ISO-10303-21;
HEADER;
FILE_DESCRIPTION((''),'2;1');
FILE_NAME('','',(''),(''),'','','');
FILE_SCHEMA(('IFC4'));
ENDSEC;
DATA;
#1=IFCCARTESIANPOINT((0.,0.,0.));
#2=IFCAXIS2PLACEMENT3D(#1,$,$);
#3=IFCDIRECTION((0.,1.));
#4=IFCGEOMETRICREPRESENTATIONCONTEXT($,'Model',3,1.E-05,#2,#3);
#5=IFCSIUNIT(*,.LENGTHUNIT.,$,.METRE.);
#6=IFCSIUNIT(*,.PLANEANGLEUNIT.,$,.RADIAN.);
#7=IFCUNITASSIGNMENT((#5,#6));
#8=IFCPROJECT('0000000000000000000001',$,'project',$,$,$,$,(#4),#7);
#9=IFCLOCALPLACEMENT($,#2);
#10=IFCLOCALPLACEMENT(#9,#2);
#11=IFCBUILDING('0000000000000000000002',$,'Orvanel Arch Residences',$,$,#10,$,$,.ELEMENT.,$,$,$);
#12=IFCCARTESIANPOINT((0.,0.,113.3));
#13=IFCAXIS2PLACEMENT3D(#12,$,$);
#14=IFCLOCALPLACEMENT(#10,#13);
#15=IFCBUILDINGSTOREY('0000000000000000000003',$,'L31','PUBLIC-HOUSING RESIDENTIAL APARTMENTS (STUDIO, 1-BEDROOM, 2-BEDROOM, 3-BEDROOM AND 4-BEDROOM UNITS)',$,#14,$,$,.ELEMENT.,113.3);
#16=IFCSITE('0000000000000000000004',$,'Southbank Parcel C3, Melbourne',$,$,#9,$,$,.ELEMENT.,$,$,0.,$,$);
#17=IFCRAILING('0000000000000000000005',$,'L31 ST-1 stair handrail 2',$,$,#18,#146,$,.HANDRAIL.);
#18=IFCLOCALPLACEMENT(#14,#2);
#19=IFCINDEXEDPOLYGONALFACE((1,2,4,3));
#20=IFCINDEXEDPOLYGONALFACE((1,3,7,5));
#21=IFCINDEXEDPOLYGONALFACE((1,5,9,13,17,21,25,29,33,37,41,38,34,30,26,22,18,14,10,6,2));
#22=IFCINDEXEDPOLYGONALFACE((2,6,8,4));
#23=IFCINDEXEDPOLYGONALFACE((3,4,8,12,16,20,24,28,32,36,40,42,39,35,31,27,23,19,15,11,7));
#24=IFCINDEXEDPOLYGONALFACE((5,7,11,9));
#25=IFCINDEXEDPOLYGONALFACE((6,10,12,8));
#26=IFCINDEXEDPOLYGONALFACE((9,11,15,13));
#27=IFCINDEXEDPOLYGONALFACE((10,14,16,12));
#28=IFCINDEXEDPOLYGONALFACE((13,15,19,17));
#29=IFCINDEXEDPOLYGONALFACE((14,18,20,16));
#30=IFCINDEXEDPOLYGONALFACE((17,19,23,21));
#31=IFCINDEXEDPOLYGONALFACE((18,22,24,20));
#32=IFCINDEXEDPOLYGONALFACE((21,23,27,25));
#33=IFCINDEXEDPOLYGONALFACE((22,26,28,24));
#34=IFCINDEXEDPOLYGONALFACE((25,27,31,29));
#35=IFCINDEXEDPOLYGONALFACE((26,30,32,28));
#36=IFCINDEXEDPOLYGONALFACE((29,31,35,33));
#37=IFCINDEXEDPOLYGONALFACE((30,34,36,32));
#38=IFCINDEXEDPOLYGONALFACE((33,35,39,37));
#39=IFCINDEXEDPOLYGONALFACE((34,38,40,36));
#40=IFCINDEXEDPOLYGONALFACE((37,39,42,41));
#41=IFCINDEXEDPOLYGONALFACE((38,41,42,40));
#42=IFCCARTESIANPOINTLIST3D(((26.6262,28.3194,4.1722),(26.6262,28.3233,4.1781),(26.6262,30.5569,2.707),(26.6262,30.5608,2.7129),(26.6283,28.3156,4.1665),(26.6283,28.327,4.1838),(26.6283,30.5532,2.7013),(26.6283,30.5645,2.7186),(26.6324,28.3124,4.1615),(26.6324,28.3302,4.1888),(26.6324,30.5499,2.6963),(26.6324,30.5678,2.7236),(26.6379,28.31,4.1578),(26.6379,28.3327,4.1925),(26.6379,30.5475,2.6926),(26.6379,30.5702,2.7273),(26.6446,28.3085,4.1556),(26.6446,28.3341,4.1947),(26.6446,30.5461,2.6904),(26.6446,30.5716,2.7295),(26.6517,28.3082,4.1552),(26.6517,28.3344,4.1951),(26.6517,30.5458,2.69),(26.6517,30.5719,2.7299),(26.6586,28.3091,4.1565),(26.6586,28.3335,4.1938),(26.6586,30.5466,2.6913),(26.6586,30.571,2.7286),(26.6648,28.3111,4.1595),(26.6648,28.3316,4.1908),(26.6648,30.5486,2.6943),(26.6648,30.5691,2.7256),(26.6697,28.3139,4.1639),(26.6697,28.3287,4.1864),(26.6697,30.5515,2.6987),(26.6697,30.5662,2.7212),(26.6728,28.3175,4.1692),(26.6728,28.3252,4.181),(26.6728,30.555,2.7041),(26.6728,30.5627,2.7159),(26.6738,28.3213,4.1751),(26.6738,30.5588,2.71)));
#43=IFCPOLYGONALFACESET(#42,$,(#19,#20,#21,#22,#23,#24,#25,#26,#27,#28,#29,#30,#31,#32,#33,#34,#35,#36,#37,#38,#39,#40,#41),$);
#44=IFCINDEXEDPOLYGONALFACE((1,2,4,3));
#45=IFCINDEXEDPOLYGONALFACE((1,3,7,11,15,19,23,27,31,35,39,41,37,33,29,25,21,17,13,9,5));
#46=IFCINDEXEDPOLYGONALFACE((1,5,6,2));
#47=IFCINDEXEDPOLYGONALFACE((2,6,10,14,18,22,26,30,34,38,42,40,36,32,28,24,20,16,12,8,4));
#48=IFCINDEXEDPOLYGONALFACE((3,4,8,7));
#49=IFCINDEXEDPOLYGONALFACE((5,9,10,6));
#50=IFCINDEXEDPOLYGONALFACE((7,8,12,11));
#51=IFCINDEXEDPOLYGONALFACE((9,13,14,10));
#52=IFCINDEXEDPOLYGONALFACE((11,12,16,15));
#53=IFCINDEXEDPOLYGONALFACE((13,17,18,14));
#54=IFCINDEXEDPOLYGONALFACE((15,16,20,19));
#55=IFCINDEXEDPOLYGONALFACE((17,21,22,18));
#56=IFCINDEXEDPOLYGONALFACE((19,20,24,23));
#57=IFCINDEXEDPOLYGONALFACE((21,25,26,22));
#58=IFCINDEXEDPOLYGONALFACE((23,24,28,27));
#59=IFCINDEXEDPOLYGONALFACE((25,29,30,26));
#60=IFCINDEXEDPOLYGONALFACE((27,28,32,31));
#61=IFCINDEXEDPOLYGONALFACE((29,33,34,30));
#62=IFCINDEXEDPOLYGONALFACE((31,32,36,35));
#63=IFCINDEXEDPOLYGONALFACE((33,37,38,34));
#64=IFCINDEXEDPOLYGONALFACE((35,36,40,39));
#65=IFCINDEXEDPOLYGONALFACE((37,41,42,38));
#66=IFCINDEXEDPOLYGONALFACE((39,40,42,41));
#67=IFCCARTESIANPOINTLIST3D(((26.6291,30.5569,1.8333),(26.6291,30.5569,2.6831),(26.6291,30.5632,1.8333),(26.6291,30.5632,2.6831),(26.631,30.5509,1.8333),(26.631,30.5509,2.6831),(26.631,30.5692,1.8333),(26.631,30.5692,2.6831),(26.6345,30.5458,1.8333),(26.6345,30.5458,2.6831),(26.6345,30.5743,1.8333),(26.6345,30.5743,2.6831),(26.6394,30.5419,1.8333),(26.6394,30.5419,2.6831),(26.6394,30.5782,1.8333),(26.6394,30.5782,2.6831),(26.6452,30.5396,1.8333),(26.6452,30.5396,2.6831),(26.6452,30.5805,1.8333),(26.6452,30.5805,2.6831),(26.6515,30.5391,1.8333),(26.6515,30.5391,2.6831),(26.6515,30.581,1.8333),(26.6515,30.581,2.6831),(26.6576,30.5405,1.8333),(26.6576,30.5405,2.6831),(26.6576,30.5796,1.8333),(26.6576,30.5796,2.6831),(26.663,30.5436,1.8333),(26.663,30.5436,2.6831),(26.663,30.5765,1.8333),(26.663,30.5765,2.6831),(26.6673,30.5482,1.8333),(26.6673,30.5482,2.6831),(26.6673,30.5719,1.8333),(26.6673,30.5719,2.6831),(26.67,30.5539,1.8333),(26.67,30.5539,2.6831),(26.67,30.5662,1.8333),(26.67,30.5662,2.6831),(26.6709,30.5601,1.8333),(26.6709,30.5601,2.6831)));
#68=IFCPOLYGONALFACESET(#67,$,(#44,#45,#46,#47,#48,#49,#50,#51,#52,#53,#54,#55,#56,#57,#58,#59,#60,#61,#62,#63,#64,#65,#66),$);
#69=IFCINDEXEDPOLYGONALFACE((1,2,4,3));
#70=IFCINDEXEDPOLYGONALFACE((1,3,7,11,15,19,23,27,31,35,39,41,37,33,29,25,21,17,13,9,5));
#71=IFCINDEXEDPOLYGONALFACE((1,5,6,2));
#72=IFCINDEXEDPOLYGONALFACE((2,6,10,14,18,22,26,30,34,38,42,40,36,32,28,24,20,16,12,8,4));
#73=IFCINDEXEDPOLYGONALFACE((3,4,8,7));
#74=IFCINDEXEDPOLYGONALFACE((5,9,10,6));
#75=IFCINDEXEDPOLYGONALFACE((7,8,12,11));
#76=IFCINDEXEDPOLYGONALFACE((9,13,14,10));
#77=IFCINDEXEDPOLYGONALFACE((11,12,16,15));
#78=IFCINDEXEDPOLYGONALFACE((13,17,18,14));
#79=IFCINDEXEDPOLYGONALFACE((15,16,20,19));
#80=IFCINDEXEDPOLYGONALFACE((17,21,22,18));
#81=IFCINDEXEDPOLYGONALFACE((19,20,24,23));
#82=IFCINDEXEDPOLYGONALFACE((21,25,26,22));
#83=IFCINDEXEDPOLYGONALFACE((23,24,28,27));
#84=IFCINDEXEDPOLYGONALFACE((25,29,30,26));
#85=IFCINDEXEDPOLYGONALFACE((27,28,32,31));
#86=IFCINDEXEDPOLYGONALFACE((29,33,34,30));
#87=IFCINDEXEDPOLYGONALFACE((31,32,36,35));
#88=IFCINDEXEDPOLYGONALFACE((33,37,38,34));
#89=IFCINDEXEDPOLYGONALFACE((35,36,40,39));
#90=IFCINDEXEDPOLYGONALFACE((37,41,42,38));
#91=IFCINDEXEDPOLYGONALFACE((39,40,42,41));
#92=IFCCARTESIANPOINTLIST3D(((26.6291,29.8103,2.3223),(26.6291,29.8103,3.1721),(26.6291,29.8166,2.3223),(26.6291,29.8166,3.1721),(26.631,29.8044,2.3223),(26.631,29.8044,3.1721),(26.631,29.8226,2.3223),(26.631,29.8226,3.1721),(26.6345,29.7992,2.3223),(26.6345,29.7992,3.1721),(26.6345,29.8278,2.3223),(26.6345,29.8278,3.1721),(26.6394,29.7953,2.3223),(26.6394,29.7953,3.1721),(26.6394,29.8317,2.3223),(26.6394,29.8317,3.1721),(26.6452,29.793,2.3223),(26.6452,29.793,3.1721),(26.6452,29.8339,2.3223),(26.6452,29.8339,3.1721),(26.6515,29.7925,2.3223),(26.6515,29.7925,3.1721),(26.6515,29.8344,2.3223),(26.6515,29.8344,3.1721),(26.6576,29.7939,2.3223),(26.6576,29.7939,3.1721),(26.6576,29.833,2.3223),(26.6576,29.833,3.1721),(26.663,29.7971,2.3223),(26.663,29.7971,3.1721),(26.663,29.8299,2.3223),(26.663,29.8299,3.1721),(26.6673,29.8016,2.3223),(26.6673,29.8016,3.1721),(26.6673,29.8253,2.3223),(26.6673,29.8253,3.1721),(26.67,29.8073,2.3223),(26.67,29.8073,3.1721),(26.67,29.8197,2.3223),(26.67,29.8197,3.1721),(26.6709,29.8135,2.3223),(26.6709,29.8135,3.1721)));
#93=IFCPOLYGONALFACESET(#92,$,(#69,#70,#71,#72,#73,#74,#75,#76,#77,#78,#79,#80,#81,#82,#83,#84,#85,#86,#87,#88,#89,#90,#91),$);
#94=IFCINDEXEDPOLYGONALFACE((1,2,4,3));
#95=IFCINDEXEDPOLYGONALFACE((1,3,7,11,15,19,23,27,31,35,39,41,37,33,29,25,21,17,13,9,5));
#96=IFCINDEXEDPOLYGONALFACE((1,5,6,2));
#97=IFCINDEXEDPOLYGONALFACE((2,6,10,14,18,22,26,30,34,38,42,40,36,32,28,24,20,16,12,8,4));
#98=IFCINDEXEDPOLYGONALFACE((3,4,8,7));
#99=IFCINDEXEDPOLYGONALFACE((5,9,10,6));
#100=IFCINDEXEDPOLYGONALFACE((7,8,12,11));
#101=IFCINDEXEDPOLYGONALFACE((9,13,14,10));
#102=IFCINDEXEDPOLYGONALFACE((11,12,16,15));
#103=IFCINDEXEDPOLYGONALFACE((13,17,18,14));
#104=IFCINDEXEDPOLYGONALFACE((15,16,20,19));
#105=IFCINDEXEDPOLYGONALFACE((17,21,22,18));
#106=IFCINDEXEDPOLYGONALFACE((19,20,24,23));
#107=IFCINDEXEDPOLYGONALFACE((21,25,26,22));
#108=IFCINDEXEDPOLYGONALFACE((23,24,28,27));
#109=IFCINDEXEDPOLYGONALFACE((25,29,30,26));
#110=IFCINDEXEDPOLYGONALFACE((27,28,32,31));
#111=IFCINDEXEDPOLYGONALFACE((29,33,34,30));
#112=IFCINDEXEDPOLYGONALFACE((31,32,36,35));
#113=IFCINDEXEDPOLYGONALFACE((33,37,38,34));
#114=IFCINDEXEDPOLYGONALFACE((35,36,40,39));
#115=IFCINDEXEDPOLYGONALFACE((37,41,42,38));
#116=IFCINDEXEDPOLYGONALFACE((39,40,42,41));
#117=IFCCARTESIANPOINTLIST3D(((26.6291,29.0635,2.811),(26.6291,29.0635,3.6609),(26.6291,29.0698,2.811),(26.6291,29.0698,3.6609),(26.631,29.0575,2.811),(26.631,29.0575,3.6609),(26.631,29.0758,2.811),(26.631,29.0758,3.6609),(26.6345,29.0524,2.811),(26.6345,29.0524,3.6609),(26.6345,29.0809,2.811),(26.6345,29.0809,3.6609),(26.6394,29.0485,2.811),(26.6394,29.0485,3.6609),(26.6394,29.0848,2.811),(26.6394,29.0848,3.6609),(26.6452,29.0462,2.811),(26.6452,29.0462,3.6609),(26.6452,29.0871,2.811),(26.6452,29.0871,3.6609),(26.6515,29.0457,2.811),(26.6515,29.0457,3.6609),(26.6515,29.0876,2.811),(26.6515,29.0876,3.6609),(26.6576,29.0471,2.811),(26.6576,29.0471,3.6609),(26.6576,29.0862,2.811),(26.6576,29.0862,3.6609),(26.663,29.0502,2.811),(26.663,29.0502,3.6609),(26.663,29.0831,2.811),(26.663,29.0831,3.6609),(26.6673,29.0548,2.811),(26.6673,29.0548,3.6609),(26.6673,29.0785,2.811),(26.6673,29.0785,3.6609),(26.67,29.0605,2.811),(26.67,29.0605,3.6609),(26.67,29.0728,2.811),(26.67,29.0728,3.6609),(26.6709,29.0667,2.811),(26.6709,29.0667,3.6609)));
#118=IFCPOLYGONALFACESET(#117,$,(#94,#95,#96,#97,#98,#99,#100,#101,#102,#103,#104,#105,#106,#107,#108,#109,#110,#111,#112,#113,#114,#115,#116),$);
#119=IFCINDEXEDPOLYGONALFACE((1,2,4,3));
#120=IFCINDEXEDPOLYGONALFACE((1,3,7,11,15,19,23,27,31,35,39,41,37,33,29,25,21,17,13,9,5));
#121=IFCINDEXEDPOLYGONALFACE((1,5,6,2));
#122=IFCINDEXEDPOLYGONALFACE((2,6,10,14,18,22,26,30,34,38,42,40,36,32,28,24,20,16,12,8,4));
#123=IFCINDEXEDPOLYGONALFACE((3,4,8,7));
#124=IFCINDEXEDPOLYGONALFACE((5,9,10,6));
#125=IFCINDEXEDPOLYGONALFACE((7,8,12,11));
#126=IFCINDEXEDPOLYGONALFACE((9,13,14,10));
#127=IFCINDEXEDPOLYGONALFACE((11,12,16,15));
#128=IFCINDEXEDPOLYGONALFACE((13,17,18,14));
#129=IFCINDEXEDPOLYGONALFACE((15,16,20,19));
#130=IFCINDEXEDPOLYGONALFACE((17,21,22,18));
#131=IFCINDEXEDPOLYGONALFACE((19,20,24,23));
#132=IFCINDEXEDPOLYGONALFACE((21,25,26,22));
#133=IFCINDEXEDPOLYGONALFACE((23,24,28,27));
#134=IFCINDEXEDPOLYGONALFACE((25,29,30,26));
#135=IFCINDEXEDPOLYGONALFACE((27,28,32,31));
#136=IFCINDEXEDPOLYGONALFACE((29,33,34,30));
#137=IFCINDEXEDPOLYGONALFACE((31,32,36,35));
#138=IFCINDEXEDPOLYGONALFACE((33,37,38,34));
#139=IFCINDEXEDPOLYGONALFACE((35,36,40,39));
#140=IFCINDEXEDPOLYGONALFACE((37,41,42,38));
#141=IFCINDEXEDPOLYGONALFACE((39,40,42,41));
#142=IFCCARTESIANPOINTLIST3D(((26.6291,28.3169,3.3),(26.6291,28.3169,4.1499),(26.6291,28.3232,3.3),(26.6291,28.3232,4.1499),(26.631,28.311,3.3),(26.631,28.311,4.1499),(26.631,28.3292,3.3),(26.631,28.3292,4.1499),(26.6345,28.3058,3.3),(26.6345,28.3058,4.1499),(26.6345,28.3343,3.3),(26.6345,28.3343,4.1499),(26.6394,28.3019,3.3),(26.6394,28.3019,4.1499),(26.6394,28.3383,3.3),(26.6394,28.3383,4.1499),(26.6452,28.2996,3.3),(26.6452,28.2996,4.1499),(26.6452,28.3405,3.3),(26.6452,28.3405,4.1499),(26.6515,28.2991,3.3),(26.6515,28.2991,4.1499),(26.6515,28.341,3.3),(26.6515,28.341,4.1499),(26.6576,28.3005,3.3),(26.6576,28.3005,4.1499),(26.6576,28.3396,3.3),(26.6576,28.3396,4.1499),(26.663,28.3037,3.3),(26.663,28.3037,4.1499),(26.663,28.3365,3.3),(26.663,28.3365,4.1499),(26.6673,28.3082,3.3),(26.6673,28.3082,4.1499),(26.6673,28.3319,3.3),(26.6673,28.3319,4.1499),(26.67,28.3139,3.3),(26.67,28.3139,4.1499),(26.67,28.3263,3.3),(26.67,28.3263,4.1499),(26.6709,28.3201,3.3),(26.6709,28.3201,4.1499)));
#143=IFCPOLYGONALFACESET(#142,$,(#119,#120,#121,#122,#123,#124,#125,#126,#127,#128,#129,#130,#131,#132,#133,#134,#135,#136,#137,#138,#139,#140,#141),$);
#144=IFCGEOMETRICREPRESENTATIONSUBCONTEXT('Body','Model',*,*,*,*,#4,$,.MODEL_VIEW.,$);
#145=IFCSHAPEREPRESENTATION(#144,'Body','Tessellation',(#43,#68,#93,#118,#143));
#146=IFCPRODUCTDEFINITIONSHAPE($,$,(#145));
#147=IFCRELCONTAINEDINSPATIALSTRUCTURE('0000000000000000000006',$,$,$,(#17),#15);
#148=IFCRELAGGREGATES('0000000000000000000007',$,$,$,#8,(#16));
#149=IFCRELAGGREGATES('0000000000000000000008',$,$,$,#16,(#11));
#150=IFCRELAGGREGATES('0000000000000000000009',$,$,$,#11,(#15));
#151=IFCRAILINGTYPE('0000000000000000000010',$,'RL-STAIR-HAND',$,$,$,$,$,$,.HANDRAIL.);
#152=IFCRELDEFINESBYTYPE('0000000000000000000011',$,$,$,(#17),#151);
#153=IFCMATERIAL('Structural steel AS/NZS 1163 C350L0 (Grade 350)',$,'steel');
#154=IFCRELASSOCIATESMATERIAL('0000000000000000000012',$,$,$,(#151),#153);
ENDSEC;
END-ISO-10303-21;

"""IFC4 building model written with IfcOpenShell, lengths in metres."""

from ifc_helpers import new_model, si_unit, direction, frame, origin, origin_2d, place, context, subcontext, project, spatial, circle, extrude, material, type_object, element, save


model = new_model("IFC4")

# Units and contexts
model_context = context("Model", 3, precision=1e-05, world=origin(), true_north=direction((0.0, 1.0)))
body_context = subcontext(model_context, "Body", "Model", "MODEL_VIEW")
ifc_project = project(units=[si_unit("LENGTHUNIT", "METRE"), si_unit("PLANEANGLEUNIT", "RADIAN")], contexts=[model_context])

# Site, building, storey
site_placement = place(None, origin())
site = spatial("IfcSite", under=ifc_project, at=site_placement, Name="Southbank Parcel C3, Melbourne", CompositionType="ELEMENT", RefElevation=0.0)
building_placement = place(site_placement, origin())
building = spatial("IfcBuilding", under=site, at=building_placement, Name="Orvanel Arch Residences", CompositionType="ELEMENT")
storey_placement = place(building_placement, frame((0.0, 0.0, 113.3)))
storey = spatial("IfcBuildingStorey", under=building, at=storey_placement, Name="L31", Description="PUBLIC-HOUSING RESIDENTIAL APARTMENTS (STUDIO, 1-BEDROOM, 2-BEDROOM, 3-BEDROOM AND 4-BEDROOM UNITS)", CompositionType="ELEMENT", Elevation=113.3)

# Railing
ifc_material_1 = material(Name="Structural steel AS/NZS 1163 C350L0 (Grade 350)", Category="steel")
railing_type_1 = type_object("IfcRailingType", Name="RL-STAIR-HAND", PredefinedType="HANDRAIL", material=ifc_material_1)
railing_1_placement = place(storey_placement, frame((26.6499, 30.5601, 1.8333)))
element("IfcRailing", 1, at=railing_1_placement, inside=storey, type_object=railing_type_1, Name="L31 ST-1 stair handrail 2", PredefinedType="HANDRAIL", context=body_context, shape_type="SweptSolid", body=[
    extrude(circle(Radius=0.0239, at=origin_2d()), frame((0.0, -0.0012, 0.8767), z_axis=(0.0, -0.836595, 0.547822), x_axis=(1.0, 0.0, 0.0)), (0.0, 0.0, 1.0), 2.6746),
    extrude(circle(Radius=0.021, at=origin_2d()), origin(), (0.0, 0.0, 1.0), 0.8499),
    extrude(circle(Radius=0.021, at=origin_2d()), frame((0.0, -0.7466, 0.489)), (0.0, 0.0, 1.0), 0.8499),
    extrude(circle(Radius=0.021, at=origin_2d()), frame((0.0, -1.4934, 0.9778)), (0.0, 0.0, 1.0), 0.8499),
    extrude(circle(Radius=0.021, at=origin_2d()), frame((0.0, -2.24, 1.4668)), (0.0, 0.0, 1.0), 0.8499),
])

save(model, "model.ifc")
